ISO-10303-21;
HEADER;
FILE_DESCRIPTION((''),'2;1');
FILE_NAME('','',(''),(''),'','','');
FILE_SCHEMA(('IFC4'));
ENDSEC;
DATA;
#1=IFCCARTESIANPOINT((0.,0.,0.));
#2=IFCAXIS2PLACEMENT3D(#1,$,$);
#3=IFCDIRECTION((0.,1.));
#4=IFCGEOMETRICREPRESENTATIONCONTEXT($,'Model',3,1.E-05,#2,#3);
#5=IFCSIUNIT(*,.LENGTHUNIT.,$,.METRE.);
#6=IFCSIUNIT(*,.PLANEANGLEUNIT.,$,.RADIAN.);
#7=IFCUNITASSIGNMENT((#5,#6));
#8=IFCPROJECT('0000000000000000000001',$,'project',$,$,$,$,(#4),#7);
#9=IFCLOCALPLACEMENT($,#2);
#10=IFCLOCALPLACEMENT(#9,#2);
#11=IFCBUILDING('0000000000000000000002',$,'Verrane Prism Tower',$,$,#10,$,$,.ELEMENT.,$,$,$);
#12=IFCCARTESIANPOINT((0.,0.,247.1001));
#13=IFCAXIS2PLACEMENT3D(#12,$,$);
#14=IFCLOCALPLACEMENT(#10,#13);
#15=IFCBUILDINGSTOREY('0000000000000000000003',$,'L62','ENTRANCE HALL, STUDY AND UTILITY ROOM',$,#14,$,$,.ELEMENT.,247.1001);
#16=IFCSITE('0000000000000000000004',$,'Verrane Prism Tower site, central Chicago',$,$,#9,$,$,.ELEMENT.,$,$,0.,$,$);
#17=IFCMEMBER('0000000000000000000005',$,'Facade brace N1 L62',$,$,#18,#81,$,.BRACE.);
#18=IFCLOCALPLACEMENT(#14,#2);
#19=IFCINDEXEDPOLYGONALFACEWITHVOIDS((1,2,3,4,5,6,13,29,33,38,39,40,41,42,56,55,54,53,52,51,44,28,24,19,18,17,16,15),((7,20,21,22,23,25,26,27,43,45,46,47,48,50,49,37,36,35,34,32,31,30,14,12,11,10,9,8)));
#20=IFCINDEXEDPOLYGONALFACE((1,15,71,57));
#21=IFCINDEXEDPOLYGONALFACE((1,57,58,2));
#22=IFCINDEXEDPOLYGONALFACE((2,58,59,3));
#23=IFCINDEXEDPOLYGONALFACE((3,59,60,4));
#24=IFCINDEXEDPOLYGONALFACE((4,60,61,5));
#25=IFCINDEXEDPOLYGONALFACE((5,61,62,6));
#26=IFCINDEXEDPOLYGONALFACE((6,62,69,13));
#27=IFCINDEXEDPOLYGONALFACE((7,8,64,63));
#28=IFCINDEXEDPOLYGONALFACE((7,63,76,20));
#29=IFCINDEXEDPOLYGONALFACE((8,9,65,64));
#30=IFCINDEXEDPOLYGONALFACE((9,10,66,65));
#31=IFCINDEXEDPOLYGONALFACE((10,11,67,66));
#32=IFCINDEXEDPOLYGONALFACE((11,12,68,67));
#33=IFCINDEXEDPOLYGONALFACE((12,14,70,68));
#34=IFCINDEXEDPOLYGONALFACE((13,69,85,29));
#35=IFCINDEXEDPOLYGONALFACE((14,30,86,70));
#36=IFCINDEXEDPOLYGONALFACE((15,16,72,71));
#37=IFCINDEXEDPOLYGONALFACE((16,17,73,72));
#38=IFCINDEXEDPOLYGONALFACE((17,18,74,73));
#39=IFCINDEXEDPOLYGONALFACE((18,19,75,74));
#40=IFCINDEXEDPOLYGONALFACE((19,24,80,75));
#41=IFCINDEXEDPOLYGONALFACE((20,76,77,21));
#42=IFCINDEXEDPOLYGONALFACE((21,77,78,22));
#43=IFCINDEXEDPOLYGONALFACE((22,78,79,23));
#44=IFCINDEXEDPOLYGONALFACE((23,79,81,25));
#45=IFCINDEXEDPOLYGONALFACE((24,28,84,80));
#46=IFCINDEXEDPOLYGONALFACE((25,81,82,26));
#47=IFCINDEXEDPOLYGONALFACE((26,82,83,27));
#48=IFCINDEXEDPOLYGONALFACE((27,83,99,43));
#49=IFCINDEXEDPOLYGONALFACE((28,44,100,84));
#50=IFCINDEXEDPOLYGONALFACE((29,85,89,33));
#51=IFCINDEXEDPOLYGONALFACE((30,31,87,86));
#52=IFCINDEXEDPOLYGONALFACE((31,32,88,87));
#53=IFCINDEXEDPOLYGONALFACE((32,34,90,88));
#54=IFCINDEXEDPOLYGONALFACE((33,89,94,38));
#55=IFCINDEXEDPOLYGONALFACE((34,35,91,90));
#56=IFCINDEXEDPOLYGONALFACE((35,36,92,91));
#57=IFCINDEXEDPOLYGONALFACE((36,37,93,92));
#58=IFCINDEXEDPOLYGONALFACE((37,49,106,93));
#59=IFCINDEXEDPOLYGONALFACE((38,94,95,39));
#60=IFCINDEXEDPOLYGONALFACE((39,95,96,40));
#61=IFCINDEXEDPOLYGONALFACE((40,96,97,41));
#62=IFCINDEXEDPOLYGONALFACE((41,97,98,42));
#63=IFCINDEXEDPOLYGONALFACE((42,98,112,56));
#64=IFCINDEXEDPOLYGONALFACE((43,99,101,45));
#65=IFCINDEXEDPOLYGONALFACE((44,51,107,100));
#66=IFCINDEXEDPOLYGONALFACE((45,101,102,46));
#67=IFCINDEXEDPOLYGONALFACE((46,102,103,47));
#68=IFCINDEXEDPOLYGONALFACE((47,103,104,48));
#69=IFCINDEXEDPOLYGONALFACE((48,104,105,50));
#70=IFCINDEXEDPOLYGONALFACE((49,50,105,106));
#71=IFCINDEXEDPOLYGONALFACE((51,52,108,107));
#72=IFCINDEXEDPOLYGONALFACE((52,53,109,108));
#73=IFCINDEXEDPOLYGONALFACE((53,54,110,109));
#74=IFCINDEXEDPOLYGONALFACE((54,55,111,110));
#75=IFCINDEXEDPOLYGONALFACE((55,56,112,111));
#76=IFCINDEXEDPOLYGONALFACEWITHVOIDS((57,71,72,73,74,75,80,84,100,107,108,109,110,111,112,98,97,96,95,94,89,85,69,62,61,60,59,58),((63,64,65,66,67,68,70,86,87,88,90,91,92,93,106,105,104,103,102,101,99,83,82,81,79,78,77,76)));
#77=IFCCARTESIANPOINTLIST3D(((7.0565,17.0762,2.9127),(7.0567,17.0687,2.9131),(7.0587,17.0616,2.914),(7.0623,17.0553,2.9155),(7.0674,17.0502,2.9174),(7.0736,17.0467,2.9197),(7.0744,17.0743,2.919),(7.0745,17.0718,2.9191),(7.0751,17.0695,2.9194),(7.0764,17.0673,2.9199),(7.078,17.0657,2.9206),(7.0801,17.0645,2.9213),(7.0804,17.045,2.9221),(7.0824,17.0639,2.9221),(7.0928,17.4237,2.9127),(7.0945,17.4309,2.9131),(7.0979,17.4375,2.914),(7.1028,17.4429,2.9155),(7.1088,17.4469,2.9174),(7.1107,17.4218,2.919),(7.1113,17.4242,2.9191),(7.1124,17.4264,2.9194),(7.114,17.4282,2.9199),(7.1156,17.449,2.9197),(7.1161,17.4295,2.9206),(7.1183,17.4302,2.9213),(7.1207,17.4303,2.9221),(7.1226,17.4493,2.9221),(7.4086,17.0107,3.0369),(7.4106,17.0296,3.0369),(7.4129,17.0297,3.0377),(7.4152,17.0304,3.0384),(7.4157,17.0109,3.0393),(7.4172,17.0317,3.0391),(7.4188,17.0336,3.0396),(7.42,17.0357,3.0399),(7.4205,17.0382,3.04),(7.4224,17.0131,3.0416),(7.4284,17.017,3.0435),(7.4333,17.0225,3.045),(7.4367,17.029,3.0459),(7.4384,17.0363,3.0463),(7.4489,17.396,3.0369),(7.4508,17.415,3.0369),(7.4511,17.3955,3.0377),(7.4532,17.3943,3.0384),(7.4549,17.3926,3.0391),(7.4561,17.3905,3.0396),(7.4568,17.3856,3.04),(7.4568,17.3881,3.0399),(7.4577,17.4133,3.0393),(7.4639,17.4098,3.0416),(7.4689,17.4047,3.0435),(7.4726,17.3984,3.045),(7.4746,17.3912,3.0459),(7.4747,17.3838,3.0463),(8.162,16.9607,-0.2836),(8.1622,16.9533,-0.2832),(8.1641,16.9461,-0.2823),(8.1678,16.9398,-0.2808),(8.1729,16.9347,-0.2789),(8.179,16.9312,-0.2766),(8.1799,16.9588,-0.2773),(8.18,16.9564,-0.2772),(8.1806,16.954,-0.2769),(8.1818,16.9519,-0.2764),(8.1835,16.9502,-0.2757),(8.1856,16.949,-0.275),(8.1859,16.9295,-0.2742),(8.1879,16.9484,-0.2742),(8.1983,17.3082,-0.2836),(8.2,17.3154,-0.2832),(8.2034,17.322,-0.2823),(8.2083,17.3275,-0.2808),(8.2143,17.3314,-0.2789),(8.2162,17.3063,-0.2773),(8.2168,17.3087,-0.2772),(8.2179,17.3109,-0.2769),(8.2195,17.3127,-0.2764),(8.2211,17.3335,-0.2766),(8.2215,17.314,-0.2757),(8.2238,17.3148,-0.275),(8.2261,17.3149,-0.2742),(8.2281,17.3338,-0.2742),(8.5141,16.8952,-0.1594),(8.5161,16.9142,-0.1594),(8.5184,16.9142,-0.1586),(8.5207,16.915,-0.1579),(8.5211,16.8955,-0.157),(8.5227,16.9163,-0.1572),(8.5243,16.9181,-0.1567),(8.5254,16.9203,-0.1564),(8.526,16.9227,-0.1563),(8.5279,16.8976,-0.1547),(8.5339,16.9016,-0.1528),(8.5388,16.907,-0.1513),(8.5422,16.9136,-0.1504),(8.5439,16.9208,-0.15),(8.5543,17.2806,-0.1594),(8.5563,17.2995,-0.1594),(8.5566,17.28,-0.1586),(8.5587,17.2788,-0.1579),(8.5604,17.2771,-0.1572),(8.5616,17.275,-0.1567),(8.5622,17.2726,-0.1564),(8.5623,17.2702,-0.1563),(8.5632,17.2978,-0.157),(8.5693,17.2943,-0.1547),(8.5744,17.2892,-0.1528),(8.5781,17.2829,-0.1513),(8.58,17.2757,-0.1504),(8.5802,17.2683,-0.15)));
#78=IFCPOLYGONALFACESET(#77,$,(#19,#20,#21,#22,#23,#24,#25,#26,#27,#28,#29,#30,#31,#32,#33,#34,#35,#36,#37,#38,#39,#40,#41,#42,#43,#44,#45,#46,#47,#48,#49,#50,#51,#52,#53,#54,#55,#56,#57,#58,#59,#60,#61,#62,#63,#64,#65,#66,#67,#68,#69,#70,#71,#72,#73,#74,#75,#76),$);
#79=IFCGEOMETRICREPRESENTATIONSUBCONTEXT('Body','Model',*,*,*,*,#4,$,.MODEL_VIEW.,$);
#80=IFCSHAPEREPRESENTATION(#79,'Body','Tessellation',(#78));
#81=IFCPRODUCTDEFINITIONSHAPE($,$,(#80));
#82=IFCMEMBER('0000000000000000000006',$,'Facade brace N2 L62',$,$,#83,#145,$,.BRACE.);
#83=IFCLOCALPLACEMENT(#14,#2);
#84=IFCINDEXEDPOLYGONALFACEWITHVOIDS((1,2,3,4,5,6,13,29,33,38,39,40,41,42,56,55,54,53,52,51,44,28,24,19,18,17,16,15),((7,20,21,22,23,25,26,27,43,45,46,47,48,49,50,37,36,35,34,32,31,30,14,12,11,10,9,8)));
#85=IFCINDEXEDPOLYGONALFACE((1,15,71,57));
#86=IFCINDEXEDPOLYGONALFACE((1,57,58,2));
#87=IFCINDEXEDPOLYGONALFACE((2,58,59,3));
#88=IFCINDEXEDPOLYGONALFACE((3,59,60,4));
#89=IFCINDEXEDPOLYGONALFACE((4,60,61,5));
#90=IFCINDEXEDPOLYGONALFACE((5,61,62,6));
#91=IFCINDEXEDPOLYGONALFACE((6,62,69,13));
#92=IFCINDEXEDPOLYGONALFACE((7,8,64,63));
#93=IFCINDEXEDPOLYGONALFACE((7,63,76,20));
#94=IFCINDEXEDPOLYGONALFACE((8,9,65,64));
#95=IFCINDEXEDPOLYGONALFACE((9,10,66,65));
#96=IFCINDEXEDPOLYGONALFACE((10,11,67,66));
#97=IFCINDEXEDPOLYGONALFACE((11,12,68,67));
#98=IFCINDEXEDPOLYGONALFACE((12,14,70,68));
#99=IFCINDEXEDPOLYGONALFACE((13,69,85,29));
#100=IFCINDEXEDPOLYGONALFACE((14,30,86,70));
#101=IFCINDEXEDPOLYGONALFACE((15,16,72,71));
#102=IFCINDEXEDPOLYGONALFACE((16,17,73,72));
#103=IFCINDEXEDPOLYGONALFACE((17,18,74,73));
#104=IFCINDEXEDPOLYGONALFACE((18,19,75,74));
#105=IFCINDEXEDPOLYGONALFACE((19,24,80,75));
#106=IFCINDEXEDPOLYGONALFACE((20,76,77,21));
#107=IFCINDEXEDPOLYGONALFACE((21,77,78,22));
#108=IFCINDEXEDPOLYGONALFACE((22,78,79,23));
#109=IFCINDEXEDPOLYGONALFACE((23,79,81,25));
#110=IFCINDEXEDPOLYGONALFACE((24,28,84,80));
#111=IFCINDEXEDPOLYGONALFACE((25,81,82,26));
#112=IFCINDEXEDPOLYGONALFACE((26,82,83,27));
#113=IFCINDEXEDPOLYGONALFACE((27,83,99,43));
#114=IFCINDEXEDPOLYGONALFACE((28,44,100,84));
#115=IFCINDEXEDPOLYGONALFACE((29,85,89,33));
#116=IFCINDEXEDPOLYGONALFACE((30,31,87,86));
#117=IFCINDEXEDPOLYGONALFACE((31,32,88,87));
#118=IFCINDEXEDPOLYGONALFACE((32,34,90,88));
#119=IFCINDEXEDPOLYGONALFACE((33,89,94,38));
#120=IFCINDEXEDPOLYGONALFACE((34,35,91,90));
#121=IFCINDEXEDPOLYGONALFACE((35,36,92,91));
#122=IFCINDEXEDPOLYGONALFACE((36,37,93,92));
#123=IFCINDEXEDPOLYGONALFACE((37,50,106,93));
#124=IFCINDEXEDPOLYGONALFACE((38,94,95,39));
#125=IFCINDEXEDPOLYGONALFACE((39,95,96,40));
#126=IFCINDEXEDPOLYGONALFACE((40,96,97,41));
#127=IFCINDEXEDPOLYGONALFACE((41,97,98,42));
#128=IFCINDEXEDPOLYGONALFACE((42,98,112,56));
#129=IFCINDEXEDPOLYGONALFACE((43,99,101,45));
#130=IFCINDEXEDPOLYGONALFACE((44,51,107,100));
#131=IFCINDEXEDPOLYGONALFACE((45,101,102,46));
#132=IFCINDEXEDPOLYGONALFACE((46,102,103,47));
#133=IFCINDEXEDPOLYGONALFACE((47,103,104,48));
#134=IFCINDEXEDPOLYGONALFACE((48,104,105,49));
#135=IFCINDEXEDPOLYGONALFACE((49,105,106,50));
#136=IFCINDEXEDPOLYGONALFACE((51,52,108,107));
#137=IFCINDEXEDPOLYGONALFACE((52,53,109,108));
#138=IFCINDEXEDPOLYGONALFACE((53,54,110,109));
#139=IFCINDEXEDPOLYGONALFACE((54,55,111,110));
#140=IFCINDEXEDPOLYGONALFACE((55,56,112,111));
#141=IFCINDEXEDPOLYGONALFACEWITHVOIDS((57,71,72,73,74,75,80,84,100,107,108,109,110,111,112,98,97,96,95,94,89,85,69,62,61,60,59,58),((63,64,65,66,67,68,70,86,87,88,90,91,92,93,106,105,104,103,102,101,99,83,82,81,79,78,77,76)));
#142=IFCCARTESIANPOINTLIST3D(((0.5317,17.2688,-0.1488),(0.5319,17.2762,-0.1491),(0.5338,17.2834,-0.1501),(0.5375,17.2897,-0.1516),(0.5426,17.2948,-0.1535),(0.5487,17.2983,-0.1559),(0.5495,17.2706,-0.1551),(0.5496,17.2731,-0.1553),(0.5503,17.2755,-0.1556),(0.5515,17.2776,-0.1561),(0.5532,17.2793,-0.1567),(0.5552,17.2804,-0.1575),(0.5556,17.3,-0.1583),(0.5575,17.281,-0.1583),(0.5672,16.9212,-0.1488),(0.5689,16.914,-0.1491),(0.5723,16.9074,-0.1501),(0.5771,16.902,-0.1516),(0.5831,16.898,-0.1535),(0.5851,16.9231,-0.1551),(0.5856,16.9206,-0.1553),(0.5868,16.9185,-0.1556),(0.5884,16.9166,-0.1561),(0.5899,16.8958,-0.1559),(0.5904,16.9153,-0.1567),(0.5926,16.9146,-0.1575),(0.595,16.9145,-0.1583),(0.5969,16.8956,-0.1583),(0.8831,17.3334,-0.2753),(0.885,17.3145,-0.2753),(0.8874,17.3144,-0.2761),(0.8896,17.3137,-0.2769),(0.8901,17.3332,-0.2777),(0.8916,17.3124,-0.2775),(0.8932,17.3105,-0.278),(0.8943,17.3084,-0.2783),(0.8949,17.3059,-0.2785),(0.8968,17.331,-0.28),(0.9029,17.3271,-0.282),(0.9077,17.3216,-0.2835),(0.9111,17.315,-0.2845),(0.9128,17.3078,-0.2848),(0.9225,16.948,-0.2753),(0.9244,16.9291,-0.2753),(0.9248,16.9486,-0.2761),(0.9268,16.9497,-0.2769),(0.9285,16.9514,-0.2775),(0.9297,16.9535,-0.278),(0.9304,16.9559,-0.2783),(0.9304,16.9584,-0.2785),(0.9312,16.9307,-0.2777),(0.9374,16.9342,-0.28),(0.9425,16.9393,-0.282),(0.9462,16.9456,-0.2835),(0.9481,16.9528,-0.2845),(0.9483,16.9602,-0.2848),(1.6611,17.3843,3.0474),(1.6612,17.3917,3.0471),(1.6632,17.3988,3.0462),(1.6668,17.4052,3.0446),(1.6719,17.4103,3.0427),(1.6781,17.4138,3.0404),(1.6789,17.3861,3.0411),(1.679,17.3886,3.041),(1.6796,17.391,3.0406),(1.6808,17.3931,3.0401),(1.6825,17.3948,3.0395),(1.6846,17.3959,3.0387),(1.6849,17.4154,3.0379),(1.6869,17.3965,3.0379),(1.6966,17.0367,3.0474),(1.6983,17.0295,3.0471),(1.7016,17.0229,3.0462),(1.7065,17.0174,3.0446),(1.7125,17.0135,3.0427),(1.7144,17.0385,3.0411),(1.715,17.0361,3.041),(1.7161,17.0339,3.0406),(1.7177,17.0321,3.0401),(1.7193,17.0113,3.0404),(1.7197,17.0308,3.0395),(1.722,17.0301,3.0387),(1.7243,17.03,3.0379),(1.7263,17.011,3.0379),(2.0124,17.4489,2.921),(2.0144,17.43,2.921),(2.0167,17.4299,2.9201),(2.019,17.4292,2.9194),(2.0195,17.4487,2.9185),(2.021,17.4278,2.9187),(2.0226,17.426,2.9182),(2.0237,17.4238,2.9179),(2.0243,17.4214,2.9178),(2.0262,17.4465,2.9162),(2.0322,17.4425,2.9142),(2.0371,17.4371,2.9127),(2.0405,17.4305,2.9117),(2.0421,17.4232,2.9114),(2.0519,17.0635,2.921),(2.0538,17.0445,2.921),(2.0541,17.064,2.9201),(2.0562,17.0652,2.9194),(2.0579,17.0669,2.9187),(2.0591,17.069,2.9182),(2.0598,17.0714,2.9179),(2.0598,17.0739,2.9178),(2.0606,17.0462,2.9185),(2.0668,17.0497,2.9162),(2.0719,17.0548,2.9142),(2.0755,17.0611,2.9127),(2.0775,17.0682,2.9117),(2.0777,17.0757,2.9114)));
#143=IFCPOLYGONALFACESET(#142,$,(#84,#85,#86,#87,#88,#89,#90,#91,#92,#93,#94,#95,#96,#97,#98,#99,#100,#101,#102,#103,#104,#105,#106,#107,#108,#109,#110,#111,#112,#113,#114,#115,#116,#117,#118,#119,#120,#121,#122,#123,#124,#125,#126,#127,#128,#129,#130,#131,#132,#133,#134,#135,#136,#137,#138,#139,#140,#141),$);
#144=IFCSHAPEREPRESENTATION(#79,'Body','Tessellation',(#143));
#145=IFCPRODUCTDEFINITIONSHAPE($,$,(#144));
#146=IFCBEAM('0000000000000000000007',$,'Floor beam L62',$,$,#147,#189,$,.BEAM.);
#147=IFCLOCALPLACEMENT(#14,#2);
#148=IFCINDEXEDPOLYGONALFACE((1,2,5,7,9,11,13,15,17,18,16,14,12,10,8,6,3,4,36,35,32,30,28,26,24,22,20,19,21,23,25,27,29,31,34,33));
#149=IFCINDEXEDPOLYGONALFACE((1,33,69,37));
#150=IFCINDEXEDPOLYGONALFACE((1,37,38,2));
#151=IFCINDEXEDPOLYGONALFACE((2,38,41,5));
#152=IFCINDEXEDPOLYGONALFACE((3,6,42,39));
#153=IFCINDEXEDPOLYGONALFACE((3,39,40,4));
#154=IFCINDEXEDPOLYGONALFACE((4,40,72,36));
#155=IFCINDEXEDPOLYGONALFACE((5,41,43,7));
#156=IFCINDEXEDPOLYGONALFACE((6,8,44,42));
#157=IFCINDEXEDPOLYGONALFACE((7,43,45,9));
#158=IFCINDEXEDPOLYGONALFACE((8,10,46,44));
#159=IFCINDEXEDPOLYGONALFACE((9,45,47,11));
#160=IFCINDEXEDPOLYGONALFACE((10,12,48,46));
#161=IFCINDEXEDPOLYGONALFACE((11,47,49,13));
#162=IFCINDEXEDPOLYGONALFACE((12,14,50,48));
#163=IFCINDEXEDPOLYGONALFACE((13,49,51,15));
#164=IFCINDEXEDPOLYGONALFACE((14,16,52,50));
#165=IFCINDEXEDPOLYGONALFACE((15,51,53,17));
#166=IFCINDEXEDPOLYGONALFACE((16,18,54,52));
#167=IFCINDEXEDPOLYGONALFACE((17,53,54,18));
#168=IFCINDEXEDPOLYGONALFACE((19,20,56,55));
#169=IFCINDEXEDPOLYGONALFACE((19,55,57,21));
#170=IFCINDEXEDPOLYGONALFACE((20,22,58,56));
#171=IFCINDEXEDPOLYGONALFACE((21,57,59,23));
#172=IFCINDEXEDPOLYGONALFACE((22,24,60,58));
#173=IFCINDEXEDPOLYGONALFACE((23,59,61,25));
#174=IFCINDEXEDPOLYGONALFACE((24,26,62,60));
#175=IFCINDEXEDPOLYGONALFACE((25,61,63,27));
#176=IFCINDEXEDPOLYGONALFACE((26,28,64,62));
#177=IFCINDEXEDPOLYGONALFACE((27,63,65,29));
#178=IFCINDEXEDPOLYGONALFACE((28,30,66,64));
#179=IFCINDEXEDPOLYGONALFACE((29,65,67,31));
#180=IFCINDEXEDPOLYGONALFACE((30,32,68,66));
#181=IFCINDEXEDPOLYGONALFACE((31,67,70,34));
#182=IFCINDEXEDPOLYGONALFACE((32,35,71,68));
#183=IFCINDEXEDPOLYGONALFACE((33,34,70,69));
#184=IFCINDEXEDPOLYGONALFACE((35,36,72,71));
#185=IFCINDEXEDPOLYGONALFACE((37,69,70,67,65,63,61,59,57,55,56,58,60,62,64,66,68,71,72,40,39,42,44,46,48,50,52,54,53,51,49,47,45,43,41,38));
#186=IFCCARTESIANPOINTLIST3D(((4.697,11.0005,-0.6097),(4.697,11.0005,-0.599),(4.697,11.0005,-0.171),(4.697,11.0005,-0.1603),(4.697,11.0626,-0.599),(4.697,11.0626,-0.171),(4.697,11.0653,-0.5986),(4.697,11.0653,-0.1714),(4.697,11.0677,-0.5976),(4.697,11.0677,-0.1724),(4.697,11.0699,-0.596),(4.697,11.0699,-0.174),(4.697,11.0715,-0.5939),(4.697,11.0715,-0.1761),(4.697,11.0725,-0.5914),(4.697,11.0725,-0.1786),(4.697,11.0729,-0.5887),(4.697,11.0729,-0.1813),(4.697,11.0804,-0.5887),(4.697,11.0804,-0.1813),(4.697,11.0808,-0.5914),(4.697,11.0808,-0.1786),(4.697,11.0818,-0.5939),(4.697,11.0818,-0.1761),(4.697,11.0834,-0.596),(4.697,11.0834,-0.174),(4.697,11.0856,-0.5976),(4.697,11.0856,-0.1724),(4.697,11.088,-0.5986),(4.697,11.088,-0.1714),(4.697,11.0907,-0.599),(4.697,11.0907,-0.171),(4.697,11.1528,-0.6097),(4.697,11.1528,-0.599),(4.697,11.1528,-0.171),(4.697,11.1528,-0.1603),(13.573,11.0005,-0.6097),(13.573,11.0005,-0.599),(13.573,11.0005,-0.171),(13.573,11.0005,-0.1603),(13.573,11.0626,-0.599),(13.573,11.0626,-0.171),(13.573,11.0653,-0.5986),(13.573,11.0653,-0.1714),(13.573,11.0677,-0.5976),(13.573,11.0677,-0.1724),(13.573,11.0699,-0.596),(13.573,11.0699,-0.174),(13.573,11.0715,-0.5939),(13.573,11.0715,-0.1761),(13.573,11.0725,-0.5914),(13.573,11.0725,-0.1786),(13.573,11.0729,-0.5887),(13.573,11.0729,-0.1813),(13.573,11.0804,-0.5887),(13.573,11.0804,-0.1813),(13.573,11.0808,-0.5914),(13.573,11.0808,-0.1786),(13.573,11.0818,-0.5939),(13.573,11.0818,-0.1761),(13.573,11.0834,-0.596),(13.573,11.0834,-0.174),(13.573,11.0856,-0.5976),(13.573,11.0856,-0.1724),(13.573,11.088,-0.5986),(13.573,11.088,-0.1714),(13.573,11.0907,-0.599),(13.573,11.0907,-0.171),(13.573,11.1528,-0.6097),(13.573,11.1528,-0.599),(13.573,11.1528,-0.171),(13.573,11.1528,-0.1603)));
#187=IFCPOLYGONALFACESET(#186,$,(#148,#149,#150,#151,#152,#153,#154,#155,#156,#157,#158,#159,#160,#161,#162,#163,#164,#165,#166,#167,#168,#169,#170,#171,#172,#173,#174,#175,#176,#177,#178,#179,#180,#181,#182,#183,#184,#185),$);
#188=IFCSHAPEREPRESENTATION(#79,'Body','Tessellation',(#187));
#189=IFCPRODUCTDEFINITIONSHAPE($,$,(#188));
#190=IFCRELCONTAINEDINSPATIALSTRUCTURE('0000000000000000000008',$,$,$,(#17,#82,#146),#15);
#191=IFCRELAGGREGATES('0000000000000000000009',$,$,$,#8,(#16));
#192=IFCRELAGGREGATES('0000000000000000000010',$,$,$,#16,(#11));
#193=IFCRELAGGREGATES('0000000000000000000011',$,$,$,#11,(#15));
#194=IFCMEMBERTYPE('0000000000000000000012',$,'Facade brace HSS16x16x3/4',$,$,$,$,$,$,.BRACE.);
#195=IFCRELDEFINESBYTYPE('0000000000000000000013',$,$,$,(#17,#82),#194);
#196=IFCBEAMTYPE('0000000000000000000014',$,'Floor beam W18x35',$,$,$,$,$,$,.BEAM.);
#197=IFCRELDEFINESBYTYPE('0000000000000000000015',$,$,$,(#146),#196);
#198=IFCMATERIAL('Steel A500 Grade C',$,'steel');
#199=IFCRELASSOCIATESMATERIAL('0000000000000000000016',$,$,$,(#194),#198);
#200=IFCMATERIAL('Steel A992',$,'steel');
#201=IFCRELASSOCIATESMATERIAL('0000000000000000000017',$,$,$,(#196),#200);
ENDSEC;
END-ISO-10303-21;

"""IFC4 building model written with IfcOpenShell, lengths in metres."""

from ifc_helpers import new_model, si_unit, direction, frame, origin, origin_2d, place, context, subcontext, project, spatial, hollow_rectangle, i_section, extrude, material, material_profile, profile_set, type_object, element, save


model = new_model("IFC4")

# Units and contexts
model_context = context("Model", 3, precision=1e-05, world=origin(), true_north=direction((0.0, 1.0)))
body_context = subcontext(model_context, "Body", "Model", "MODEL_VIEW")
ifc_project = project(units=[si_unit("LENGTHUNIT", "METRE"), si_unit("PLANEANGLEUNIT", "RADIAN")], contexts=[model_context])

# Site, building, storey
site_placement = place(None, origin())
site = spatial("IfcSite", under=ifc_project, at=site_placement, Name="Verrane Prism Tower site, central Chicago", CompositionType="ELEMENT", RefElevation=0.0)
building_placement = place(site_placement, origin())
building = spatial("IfcBuilding", under=site, at=building_placement, Name="Verrane Prism Tower", CompositionType="ELEMENT")
storey_placement = place(building_placement, frame((0.0, 0.0, 247.1001)))
storey = spatial("IfcBuildingStorey", under=building, at=storey_placement, Name="L62", Description="ENTRANCE HALL, STUDY AND UTILITY ROOM", CompositionType="ELEMENT", Elevation=247.1001)

# Members
ifc_material_1 = material(Name="Steel A500 Grade C", Category="steel")
ifc_material_profile_1 = material_profile(ifc_material_1, hollow_rectangle(XDim=0.4065, YDim=0.4065, WallThickness=0.019, InnerFilletRadius=0.0095, OuterFilletRadius=0.0286, at=origin_2d()), Name="HSS16x16x3/4")
ifc_profile_set_1 = profile_set([ifc_material_profile_1], Name="Steel A500 Grade C")
member_type_1 = type_object("IfcMemberType", Name="Facade brace HSS16x16x3/4", PredefinedType="BRACE", material=ifc_profile_set_1)
member_1_placement = place(storey_placement, frame((8.3711, 17.1145, -0.2168), z_axis=(-0.326672, 0.034125, 0.944521), x_axis=(-0.103896, -0.994588, 0.0)))
element("IfcMember", 1, at=member_1_placement, inside=storey, type_object=member_type_1, Name="Facade brace N1 L62", PredefinedType="BRACE", context=body_context, shape_type="SweptSolid", body=[
    extrude(hollow_rectangle(XDim=0.4065, YDim=0.4065, WallThickness=0.019, InnerFilletRadius=0.0095, OuterFilletRadius=0.0286, at=origin_2d()), origin(), (0.0, 0.0, 1.0), 3.384),
])
member_2_placement = place(storey_placement, frame((0.74, 17.1145, -0.2168), z_axis=(0.332966, 0.034045, 0.942324), x_axis=(-0.101718, 0.994813, 0.0)))
element("IfcMember", 2, at=member_2_placement, inside=storey, type_object=member_type_1, Name="Facade brace N2 L62", PredefinedType="BRACE", context=body_context, shape_type="SweptSolid", body=[
    extrude(hollow_rectangle(XDim=0.4065, YDim=0.4065, WallThickness=0.019, InnerFilletRadius=0.0095, OuterFilletRadius=0.0286, at=origin_2d()), origin(), (0.0, 0.0, 1.0), 3.3918),
])

# Beam
ifc_material_2 = material(Name="Steel A992", Category="steel")
ifc_material_profile_2 = material_profile(ifc_material_2, i_section(OverallWidth=0.1523, OverallDepth=0.4495, WebThickness=0.0076, FlangeThickness=0.0107, FilletRadius=0.0103, at=origin_2d()), Name="W18x35")
ifc_profile_set_2 = profile_set([ifc_material_profile_2], Name="Steel A992")
beam_type_1 = type_object("IfcBeamType", Name="Floor beam W18x35", PredefinedType="BEAM", material=ifc_profile_set_2)
for number, where, z_axis, x_axis, name in (
    (3, (4.697, 11.0767, -0.385), (1.0, 0.0, 0.0), (0.0, 1.0, 0.0), "Floor beam L62"),
):
    element("IfcBeam", number, at=place(storey_placement, frame(where, z_axis=z_axis, x_axis=x_axis)), inside=storey, type_object=beam_type_1, Name=name, PredefinedType="BEAM", context=body_context, shape_type="SweptSolid", body=[
        extrude(i_section(OverallWidth=0.1523, OverallDepth=0.4495, WebThickness=0.0076, FlangeThickness=0.0107, FilletRadius=0.0103, at=origin_2d()), origin(), (0.0, 0.0, 1.0), 8.876),
    ])

save(model, "model.ifc")
